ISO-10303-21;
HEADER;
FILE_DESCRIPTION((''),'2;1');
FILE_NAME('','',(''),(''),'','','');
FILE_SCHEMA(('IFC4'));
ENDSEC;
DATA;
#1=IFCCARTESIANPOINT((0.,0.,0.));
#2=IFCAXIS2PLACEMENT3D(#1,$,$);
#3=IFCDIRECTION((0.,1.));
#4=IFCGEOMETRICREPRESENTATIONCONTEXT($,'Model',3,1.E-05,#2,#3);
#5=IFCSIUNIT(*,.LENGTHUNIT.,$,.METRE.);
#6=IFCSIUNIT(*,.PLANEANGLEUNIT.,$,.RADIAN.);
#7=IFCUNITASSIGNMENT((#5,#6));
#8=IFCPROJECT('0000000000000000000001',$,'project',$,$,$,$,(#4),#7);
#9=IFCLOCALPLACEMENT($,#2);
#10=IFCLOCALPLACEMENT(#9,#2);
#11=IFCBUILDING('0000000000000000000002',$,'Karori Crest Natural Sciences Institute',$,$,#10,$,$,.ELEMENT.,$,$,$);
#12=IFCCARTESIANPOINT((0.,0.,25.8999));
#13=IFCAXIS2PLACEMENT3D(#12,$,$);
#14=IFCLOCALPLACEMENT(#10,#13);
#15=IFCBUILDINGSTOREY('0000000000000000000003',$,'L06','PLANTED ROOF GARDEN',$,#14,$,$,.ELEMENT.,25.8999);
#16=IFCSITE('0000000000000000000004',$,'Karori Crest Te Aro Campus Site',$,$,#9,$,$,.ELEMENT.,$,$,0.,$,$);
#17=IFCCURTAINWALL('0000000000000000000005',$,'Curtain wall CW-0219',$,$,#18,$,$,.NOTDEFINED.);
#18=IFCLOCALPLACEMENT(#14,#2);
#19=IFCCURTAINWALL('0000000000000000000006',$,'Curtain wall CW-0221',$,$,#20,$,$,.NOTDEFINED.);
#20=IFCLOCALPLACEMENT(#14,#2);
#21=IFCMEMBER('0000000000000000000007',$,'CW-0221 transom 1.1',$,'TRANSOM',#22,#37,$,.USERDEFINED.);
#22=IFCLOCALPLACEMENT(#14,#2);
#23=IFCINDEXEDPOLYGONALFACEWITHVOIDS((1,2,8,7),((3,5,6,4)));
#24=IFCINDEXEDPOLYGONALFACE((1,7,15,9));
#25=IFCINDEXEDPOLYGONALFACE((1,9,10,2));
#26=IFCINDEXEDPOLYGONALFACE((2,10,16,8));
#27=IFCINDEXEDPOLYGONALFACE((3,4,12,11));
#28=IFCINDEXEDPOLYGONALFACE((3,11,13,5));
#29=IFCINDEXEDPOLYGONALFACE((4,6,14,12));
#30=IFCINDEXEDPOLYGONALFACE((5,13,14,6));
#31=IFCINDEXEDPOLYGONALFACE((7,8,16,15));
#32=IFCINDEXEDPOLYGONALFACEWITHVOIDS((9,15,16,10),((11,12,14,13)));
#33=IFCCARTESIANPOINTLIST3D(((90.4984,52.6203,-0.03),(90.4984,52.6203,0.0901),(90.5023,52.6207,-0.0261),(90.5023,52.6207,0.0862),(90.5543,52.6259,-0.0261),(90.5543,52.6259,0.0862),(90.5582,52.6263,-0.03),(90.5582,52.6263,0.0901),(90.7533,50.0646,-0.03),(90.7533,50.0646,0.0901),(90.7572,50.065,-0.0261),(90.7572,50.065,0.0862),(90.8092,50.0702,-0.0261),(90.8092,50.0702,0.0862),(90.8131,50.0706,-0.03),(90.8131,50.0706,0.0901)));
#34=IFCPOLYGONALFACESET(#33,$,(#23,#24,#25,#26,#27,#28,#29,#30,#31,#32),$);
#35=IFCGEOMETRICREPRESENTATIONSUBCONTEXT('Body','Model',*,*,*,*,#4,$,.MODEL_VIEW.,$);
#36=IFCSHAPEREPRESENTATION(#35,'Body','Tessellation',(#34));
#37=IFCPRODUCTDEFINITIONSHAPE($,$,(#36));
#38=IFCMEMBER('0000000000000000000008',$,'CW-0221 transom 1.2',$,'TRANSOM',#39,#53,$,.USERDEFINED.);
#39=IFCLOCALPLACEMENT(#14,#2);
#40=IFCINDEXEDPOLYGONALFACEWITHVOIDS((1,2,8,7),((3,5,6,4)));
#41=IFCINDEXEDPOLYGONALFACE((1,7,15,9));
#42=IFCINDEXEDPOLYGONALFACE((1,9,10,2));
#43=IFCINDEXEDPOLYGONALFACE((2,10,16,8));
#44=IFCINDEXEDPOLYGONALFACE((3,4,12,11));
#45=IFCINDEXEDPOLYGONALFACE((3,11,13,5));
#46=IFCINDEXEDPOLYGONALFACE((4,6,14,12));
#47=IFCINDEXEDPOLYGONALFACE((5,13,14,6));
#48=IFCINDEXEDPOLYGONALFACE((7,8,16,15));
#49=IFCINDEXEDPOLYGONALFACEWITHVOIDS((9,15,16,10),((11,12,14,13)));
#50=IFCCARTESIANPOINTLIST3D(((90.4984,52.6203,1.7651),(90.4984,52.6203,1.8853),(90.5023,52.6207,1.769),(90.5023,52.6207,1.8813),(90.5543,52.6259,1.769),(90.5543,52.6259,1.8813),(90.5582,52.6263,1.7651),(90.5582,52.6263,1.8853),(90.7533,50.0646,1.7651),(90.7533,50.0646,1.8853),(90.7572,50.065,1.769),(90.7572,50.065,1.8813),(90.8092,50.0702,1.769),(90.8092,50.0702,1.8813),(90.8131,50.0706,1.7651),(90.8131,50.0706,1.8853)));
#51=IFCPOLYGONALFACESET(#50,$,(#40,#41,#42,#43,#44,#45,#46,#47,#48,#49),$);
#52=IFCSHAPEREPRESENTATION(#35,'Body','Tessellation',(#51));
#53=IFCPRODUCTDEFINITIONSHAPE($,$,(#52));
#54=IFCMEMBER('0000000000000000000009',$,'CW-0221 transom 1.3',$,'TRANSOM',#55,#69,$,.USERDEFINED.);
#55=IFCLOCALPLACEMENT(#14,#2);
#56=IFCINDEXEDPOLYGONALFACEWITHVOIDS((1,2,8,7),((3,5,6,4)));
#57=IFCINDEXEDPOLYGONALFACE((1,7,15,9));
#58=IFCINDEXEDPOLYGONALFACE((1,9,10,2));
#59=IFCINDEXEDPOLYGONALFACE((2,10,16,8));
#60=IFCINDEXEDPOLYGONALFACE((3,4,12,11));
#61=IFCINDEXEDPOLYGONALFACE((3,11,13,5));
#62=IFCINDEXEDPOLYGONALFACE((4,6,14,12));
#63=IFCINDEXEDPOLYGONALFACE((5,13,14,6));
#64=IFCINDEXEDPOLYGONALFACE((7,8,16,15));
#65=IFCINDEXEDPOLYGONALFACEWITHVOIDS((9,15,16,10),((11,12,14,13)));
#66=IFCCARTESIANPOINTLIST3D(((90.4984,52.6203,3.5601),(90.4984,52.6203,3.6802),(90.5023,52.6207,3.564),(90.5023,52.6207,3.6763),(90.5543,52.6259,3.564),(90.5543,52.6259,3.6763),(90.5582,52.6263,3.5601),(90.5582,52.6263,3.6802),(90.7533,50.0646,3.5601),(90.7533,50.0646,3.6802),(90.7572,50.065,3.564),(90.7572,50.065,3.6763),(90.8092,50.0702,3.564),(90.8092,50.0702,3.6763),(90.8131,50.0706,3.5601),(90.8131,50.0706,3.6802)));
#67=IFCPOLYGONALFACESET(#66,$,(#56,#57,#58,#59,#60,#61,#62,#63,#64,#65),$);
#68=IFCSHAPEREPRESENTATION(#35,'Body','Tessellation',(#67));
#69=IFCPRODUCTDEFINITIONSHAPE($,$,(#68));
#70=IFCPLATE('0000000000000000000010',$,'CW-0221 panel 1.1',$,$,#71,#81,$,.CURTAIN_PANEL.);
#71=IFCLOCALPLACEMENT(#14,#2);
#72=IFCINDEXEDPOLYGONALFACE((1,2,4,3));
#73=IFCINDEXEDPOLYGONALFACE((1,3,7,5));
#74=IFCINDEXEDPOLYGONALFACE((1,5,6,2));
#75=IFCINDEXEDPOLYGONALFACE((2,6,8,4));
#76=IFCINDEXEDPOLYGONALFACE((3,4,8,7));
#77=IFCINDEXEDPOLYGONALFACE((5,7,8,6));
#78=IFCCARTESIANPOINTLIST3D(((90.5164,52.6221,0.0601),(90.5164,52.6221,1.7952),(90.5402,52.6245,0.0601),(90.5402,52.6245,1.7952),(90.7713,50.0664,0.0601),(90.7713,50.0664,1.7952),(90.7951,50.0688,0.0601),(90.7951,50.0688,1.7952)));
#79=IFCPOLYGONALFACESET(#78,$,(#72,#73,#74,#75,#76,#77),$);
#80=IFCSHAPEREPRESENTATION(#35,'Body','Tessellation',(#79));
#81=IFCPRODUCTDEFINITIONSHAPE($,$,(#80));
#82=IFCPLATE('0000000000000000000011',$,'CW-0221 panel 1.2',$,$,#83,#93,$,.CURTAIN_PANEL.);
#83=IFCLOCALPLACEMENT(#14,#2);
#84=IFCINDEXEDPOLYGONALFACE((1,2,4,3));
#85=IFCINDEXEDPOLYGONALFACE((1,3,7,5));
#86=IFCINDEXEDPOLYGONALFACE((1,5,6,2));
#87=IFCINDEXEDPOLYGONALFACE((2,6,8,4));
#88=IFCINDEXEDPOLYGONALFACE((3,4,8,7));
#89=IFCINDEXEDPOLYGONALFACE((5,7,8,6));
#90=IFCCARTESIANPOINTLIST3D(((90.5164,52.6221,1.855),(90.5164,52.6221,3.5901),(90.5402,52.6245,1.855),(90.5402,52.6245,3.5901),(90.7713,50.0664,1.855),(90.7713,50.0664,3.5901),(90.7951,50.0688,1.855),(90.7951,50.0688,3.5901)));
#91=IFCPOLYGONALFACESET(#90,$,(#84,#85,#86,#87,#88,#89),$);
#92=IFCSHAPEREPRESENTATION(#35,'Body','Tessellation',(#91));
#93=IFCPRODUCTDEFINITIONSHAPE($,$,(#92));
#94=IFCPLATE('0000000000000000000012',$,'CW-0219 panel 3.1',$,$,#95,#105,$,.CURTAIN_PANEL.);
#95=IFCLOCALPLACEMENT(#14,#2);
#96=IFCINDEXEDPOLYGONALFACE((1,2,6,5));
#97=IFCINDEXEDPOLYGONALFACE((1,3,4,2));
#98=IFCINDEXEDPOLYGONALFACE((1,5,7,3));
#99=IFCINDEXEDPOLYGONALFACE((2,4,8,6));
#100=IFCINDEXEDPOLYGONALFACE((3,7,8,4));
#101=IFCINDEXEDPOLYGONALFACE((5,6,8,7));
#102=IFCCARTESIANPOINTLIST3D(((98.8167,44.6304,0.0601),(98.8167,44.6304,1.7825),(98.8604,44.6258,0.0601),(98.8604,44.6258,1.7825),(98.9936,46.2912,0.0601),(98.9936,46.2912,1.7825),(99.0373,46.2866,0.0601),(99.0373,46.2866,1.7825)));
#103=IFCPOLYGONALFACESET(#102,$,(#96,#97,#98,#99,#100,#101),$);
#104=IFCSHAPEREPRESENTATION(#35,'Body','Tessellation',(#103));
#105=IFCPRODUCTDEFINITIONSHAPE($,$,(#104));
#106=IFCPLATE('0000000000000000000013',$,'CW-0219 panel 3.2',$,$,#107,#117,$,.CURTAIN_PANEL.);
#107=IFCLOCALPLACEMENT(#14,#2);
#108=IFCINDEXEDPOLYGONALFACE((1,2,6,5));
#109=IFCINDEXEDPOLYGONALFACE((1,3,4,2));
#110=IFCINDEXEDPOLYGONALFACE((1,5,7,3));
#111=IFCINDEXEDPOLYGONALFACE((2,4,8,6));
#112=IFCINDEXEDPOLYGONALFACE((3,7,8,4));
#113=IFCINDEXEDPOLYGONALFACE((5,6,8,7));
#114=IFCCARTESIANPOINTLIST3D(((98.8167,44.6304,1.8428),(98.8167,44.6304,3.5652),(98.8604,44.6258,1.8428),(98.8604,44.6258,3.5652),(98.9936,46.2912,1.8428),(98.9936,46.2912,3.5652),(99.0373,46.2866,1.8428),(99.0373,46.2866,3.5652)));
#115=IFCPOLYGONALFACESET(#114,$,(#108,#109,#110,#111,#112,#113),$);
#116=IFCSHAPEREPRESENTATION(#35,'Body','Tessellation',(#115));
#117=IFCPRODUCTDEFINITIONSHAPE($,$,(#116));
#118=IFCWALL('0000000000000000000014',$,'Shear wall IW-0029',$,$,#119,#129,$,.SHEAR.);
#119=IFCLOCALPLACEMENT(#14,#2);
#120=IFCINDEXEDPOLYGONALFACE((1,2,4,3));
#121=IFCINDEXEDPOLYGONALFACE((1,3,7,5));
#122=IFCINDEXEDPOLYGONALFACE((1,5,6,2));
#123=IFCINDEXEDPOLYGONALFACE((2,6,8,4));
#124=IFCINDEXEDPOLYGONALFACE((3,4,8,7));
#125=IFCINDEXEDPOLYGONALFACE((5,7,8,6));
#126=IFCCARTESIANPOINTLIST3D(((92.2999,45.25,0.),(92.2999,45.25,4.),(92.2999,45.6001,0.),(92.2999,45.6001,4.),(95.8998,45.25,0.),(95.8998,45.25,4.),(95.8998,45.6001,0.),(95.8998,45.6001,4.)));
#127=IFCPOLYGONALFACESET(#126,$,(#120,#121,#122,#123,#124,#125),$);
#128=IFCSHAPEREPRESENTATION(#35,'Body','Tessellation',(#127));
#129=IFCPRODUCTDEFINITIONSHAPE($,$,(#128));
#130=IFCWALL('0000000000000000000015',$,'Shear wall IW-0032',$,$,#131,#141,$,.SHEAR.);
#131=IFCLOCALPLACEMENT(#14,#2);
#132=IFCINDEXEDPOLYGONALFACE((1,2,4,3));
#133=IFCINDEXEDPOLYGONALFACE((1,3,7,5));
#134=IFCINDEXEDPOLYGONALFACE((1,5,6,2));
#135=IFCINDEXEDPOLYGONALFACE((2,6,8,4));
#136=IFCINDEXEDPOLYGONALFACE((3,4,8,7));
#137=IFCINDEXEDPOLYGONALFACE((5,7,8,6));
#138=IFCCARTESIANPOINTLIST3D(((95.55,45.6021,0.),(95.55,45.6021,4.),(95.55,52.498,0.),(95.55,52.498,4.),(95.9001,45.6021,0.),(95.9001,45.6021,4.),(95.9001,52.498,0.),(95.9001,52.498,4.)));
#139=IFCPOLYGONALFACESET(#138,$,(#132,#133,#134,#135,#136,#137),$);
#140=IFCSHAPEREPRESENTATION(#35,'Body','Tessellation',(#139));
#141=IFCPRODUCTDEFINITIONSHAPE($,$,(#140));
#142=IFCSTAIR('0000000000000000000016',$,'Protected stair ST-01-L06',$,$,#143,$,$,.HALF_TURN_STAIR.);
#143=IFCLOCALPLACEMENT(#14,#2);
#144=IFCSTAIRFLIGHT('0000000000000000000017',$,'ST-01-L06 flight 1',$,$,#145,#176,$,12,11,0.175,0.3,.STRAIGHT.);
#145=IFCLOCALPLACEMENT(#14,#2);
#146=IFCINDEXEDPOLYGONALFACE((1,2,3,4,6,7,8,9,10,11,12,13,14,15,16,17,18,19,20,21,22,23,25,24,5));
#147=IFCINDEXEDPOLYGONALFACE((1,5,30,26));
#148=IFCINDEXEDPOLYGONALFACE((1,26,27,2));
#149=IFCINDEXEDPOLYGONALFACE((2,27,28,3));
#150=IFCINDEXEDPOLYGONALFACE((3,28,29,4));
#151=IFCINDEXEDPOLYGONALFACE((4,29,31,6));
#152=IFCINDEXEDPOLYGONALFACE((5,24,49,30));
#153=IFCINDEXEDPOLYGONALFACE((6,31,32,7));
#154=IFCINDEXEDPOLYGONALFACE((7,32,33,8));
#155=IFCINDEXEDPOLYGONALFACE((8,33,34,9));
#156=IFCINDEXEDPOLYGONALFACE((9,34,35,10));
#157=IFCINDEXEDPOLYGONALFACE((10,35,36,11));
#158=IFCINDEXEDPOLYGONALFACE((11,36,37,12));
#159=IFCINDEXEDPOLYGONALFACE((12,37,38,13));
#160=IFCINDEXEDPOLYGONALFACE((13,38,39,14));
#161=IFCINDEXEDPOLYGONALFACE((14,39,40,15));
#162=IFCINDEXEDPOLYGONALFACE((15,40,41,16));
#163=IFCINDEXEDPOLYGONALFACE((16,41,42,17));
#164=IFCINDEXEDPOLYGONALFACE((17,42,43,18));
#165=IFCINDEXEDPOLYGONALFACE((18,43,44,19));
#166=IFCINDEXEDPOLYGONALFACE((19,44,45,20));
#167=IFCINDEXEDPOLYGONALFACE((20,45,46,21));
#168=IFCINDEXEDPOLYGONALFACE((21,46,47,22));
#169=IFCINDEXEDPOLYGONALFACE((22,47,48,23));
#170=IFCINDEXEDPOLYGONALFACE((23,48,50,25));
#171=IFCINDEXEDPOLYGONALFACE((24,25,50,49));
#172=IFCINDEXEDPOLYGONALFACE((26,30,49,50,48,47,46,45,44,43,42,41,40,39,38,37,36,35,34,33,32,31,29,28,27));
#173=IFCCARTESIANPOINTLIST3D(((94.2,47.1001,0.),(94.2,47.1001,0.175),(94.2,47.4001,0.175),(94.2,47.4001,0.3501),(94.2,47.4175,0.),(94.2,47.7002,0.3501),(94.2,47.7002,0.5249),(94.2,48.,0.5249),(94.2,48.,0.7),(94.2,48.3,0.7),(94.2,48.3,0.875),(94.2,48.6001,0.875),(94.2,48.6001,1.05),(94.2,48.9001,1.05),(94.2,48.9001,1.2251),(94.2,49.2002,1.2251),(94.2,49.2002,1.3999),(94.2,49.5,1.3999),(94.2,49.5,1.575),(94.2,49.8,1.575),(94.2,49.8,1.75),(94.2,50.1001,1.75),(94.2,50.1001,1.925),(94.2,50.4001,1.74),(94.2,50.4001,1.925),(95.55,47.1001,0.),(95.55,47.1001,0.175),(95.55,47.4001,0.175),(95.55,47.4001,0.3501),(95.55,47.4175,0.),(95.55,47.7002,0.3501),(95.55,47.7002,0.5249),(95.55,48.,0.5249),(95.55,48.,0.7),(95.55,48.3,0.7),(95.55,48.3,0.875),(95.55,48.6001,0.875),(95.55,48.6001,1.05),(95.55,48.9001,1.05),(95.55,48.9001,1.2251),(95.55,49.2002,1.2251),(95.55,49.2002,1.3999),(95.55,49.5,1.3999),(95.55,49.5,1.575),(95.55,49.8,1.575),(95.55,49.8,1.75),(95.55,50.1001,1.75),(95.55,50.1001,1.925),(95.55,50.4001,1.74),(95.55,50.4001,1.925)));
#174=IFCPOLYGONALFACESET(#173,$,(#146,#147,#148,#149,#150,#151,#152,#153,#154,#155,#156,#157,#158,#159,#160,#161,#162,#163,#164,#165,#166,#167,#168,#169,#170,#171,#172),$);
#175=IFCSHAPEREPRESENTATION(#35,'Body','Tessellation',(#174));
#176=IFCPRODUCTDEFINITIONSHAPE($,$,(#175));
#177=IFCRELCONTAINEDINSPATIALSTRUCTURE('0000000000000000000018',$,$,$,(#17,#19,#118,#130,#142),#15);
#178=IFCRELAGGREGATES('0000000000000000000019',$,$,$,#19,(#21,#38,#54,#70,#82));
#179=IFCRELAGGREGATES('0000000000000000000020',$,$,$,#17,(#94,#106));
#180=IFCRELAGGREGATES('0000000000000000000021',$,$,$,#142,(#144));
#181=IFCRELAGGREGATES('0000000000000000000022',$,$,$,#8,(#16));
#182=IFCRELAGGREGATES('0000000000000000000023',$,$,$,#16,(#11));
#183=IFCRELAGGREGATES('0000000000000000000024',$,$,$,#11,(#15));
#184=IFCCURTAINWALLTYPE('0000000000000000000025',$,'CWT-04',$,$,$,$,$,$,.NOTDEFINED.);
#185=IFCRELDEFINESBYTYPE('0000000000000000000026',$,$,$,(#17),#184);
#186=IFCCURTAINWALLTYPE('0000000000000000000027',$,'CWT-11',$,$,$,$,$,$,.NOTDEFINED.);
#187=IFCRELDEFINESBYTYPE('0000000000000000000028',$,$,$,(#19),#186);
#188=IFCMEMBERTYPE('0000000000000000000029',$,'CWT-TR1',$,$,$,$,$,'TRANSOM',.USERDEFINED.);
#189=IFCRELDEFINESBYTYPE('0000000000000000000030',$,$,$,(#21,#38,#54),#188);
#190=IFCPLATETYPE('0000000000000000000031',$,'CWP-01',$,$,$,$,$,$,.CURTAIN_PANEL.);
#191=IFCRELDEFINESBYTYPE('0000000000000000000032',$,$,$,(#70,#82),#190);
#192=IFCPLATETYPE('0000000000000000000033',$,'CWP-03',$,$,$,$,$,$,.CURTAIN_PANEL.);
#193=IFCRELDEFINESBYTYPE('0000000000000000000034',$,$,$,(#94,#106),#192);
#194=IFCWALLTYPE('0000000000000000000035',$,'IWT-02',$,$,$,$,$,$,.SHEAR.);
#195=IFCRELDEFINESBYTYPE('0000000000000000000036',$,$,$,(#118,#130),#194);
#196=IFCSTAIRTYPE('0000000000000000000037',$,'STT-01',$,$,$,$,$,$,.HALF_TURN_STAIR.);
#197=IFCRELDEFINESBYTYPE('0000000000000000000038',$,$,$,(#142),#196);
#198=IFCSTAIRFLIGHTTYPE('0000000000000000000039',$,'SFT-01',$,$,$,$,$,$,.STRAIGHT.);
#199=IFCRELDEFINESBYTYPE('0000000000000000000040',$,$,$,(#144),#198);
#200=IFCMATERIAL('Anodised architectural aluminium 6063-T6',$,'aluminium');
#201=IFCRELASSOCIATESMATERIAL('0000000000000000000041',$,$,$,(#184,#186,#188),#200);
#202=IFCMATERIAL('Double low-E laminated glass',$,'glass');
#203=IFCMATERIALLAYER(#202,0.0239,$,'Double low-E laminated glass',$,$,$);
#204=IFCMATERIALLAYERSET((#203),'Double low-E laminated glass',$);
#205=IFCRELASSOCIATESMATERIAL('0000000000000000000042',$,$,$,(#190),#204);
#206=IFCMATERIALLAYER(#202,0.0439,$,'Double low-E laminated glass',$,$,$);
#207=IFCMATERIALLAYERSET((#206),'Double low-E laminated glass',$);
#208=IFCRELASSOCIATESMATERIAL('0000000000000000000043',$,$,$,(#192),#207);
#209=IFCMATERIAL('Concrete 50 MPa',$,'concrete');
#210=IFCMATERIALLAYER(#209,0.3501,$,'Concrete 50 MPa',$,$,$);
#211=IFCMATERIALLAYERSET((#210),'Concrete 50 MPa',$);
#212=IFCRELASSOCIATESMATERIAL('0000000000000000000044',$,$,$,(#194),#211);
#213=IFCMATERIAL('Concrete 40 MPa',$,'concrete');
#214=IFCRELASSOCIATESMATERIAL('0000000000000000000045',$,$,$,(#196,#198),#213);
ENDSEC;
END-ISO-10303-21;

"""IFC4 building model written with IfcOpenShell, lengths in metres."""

from ifc_helpers import new_model, si_unit, direction, frame, frame_2d, origin, origin_2d, place, context, subcontext, project, spatial, polyline, rectangle, hollow_rectangle, outline, extrude, material, layer, layer_set, material_profile, profile_set, type_object, element, aggregate, save


model = new_model("IFC4")

# Units and contexts
model_context = context("Model", 3, precision=1e-05, world=origin(), true_north=direction((0.0, 1.0)))
body_context = subcontext(model_context, "Body", "Model", "MODEL_VIEW")
ifc_project = project(units=[si_unit("LENGTHUNIT", "METRE"), si_unit("PLANEANGLEUNIT", "RADIAN")], contexts=[model_context])

# Site, building, storey
site_placement = place(None, origin())
site = spatial("IfcSite", under=ifc_project, at=site_placement, Name="Karori Crest Te Aro Campus Site", CompositionType="ELEMENT", RefElevation=0.0)
building_placement = place(site_placement, origin())
building = spatial("IfcBuilding", under=site, at=building_placement, Name="Karori Crest Natural Sciences Institute", CompositionType="ELEMENT")
storey_placement = place(building_placement, frame((0.0, 0.0, 25.8999)))
storey = spatial("IfcBuildingStorey", under=building, at=storey_placement, Name="L06", Description="PLANTED ROOF GARDEN", CompositionType="ELEMENT", Elevation=25.8999)

# Curtain walls
ifc_material_1 = material(Name="Anodised architectural aluminium 6063-T6", Category="aluminium")
curtain_wall_type_1 = type_object("IfcCurtainWallType", Name="CWT-04", PredefinedType="NOTDEFINED", material=ifc_material_1)
curtain_wall_1_placement = place(storey_placement, origin())
curtain_wall_1 = element("IfcCurtainWall", 1, at=curtain_wall_1_placement, inside=storey, type_object=curtain_wall_type_1, Name="Curtain wall CW-0219", PredefinedType="NOTDEFINED")
curtain_wall_type_2 = type_object("IfcCurtainWallType", Name="CWT-11", PredefinedType="NOTDEFINED", material=ifc_material_1)
curtain_wall_2_placement = place(storey_placement, origin())
curtain_wall_2 = element("IfcCurtainWall", 2, at=curtain_wall_2_placement, inside=storey, type_object=curtain_wall_type_2, Name="Curtain wall CW-0221", PredefinedType="NOTDEFINED")

# Members
ifc_material_profile_1 = material_profile(ifc_material_1, hollow_rectangle(XDim=0.0601, YDim=0.1201, WallThickness=0.0039, at=origin_2d()), Name="CWT120x60x4")
ifc_profile_set_1 = profile_set([ifc_material_profile_1], Name="Anodised architectural aluminium 6063-T6")
member_type_1 = type_object("IfcMemberType", Name="CWT-TR1", ElementType="TRANSOM", PredefinedType="USERDEFINED", material=ifc_profile_set_1)
member_1_placement = place(storey_placement, frame((90.7832, 50.0676, 0.03), z_axis=(-0.09924, 0.995064, 0.0), x_axis=(-0.995064, -0.09924, 0.0)))
member_1 = element("IfcMember", 3, at=member_1_placement, type_object=member_type_1, Name="CW-0221 transom 1.1", ObjectType="TRANSOM", PredefinedType="USERDEFINED", context=body_context, shape_type="SweptSolid", body=[
    extrude(hollow_rectangle(XDim=0.0601, YDim=0.1201, WallThickness=0.0039, at=origin_2d()), origin(), (0.0, 0.0, 1.0), 2.5684),
])
member_2_placement = place(storey_placement, frame((90.7832, 50.0676, 1.8252), z_axis=(-0.09924, 0.995064, 0.0), x_axis=(-0.995064, -0.09924, 0.0)))
member_2 = element("IfcMember", 4, at=member_2_placement, type_object=member_type_1, Name="CW-0221 transom 1.2", ObjectType="TRANSOM", PredefinedType="USERDEFINED", context=body_context, shape_type="SweptSolid", body=[
    extrude(hollow_rectangle(XDim=0.0601, YDim=0.1201, WallThickness=0.0039, at=origin_2d()), origin(), (0.0, 0.0, 1.0), 2.5684),
])
member_3_placement = place(storey_placement, frame((90.7832, 50.0676, 3.6201), z_axis=(-0.09924, 0.995064, 0.0), x_axis=(-0.995064, -0.09924, 0.0)))
member_3 = element("IfcMember", 5, at=member_3_placement, type_object=member_type_1, Name="CW-0221 transom 1.3", ObjectType="TRANSOM", PredefinedType="USERDEFINED", context=body_context, shape_type="SweptSolid", body=[
    extrude(hollow_rectangle(XDim=0.0601, YDim=0.1201, WallThickness=0.0039, at=origin_2d()), origin(), (0.0, 0.0, 1.0), 2.5684),
])

# Plates
ifc_material_2 = material(Name="Double low-E laminated glass", Category="glass")
ifc_layer_1 = layer(ifc_material_2, 0.0239, Name="Double low-E laminated glass")
ifc_layer_set_1 = layer_set([ifc_layer_1], Name="Double low-E laminated glass")
plate_type_1 = type_object("IfcPlateType", Name="CWP-01", PredefinedType="CURTAIN_PANEL", material=ifc_layer_set_1)
plate_1_placement = place(storey_placement, frame((90.6558, 51.3455, 0.0601), z_axis=(0.0, 0.0, 1.0), x_axis=(-0.099268, 0.995061, 0.0)))
plate_1 = element("IfcPlate", 6, at=plate_1_placement, type_object=plate_type_1, Name="CW-0221 panel 1.1", PredefinedType="CURTAIN_PANEL", context=body_context, shape_type="SweptSolid", body=[
    extrude(rectangle(XDim=2.5684, YDim=0.0239, at=origin_2d()), origin(), (0.0, 0.0, 1.0), 1.7351),
])
plate_2_placement = place(storey_placement, frame((90.6558, 51.3455, 1.855), z_axis=(0.0, 0.0, 1.0), x_axis=(-0.099268, 0.995061, 0.0)))
plate_2 = element("IfcPlate", 7, at=plate_2_placement, type_object=plate_type_1, Name="CW-0221 panel 1.2", PredefinedType="CURTAIN_PANEL", context=body_context, shape_type="SweptSolid", body=[
    extrude(rectangle(XDim=2.5684, YDim=0.0239, at=origin_2d()), origin(), (0.0, 0.0, 1.0), 1.7351),
])
aggregate(curtain_wall_2, [member_1, member_2, member_3, plate_1, plate_2])
ifc_layer_2 = layer(ifc_material_2, 0.0439, Name="Double low-E laminated glass")
ifc_layer_set_2 = layer_set([ifc_layer_2], Name="Double low-E laminated glass")
plate_type_2 = type_object("IfcPlateType", Name="CWP-03", PredefinedType="CURTAIN_PANEL", material=ifc_layer_set_2)
plate_3_placement = place(storey_placement, frame((98.927, 45.4585, 0.0601), z_axis=(0.0, 0.0, 1.0), x_axis=(-0.105886, -0.994378, 0.0)))
plate_3 = element("IfcPlate", 8, at=plate_3_placement, type_object=plate_type_2, Name="CW-0219 panel 3.1", PredefinedType="CURTAIN_PANEL", context=body_context, shape_type="SweptSolid", body=[
    extrude(rectangle(XDim=1.6702, YDim=0.0439, at=origin_2d()), origin(), (0.0, 0.0, 1.0), 1.7224),
])
plate_4_placement = place(storey_placement, frame((98.927, 45.4585, 1.8428), z_axis=(0.0, 0.0, 1.0), x_axis=(-0.105886, -0.994378, 0.0)))
plate_4 = element("IfcPlate", 9, at=plate_4_placement, type_object=plate_type_2, Name="CW-0219 panel 3.2", PredefinedType="CURTAIN_PANEL", context=body_context, shape_type="SweptSolid", body=[
    extrude(rectangle(XDim=1.6702, YDim=0.0439, at=origin_2d()), origin(), (0.0, 0.0, 1.0), 1.7224),
])
aggregate(curtain_wall_1, [plate_3, plate_4])

# Wall
ifc_material_3 = material(Name="Concrete 50 MPa", Category="concrete")
ifc_layer_3 = layer(ifc_material_3, 0.3501, Name="Concrete 50 MPa")
ifc_layer_set_3 = layer_set([ifc_layer_3], Name="Concrete 50 MPa")
wall_type = type_object("IfcWallType", Name="IWT-02", PredefinedType="SHEAR", material=ifc_layer_set_3)
wall_1_placement = place(storey_placement, frame((92.3, 45.425, 0.0), z_axis=(0.0, 0.0, 1.0), x_axis=(1.0, 0.0, 0.0)))
element("IfcWall", 10, at=wall_1_placement, inside=storey, type_object=wall_type, Name="Shear wall IW-0029", PredefinedType="SHEAR", context=body_context, shape_type="SweptSolid", body=[
    extrude(rectangle(XDim=3.5999, YDim=0.3501, at=frame_2d((1.7998, 0.0))), origin(), (0.0, 0.0, 1.0), 4.0),
])

# Wall
wall_2_placement = place(storey_placement, frame((95.7251, 45.6021, 0.0), z_axis=(0.0, 0.0, 1.0), x_axis=(0.0, 1.0, 0.0)))
element("IfcWall", 11, at=wall_2_placement, inside=storey, type_object=wall_type, Name="Shear wall IW-0032", PredefinedType="SHEAR", context=body_context, shape_type="SweptSolid", body=[
    extrude(rectangle(XDim=6.896, YDim=0.3501, at=frame_2d((3.448, 0.0))), origin(), (0.0, 0.0, 1.0), 4.0),
])

# Stair, stair flight
ifc_material_4 = material(Name="Concrete 40 MPa", Category="concrete")
stair_type = type_object("IfcStairType", Name="STT-01", PredefinedType="HALF_TURN_STAIR", material=ifc_material_4)
stair_placement = place(storey_placement, origin())
stair = element("IfcStair", 12, at=stair_placement, inside=storey, type_object=stair_type, Name="Protected stair ST-01-L06", PredefinedType="HALF_TURN_STAIR")
stair_flight_type = type_object("IfcStairFlightType", Name="SFT-01", PredefinedType="STRAIGHT", material=ifc_material_4)
stair_flight_1_placement = place(storey_placement, frame((94.875, 47.1001, 0.0), z_axis=(0.0, 0.0, 1.0), x_axis=(0.0, 1.0, 0.0)))
stair_flight_1 = element("IfcStairFlight", 13, at=stair_flight_1_placement, type_object=stair_flight_type, Name="ST-01-L06 flight 1", NumberOfRisers=12, NumberOfTreads=11, PredefinedType="STRAIGHT", RiserHeight=0.175, TreadLength=0.3, context=body_context, shape_type="SweptSolid", body=[
    extrude(outline(polyline([(0.0, 0.0), (0.0, 0.175), (0.3, 0.175), (0.3, 0.3501), (0.6001, 0.3501), (0.6001, 0.5249), (0.8999, 0.5249), (0.8999, 0.7), (1.2, 0.7), (1.2, 0.875), (1.5, 0.875), (1.5, 1.05), (1.8, 1.05), (1.8, 1.2251), (2.1001, 1.2251), (2.1001, 1.3999), (2.3999, 1.3999), (2.3999, 1.575), (2.7, 1.575), (2.7, 1.75), (3.0, 1.75), (3.0, 1.925), (3.3, 1.925), (3.3, 2.1001), (3.3, 1.74), (0.3174, 0.0), (0.0, 0.0)])), frame((0.0, 0.675, 0.0), z_axis=(0.0, -1.0, 0.0), x_axis=(1.0, 0.0, 0.0)), (0.0, 0.0, 1.0), 1.3501),
])
aggregate(stair, [stair_flight_1])

save(model, "model.ifc")
